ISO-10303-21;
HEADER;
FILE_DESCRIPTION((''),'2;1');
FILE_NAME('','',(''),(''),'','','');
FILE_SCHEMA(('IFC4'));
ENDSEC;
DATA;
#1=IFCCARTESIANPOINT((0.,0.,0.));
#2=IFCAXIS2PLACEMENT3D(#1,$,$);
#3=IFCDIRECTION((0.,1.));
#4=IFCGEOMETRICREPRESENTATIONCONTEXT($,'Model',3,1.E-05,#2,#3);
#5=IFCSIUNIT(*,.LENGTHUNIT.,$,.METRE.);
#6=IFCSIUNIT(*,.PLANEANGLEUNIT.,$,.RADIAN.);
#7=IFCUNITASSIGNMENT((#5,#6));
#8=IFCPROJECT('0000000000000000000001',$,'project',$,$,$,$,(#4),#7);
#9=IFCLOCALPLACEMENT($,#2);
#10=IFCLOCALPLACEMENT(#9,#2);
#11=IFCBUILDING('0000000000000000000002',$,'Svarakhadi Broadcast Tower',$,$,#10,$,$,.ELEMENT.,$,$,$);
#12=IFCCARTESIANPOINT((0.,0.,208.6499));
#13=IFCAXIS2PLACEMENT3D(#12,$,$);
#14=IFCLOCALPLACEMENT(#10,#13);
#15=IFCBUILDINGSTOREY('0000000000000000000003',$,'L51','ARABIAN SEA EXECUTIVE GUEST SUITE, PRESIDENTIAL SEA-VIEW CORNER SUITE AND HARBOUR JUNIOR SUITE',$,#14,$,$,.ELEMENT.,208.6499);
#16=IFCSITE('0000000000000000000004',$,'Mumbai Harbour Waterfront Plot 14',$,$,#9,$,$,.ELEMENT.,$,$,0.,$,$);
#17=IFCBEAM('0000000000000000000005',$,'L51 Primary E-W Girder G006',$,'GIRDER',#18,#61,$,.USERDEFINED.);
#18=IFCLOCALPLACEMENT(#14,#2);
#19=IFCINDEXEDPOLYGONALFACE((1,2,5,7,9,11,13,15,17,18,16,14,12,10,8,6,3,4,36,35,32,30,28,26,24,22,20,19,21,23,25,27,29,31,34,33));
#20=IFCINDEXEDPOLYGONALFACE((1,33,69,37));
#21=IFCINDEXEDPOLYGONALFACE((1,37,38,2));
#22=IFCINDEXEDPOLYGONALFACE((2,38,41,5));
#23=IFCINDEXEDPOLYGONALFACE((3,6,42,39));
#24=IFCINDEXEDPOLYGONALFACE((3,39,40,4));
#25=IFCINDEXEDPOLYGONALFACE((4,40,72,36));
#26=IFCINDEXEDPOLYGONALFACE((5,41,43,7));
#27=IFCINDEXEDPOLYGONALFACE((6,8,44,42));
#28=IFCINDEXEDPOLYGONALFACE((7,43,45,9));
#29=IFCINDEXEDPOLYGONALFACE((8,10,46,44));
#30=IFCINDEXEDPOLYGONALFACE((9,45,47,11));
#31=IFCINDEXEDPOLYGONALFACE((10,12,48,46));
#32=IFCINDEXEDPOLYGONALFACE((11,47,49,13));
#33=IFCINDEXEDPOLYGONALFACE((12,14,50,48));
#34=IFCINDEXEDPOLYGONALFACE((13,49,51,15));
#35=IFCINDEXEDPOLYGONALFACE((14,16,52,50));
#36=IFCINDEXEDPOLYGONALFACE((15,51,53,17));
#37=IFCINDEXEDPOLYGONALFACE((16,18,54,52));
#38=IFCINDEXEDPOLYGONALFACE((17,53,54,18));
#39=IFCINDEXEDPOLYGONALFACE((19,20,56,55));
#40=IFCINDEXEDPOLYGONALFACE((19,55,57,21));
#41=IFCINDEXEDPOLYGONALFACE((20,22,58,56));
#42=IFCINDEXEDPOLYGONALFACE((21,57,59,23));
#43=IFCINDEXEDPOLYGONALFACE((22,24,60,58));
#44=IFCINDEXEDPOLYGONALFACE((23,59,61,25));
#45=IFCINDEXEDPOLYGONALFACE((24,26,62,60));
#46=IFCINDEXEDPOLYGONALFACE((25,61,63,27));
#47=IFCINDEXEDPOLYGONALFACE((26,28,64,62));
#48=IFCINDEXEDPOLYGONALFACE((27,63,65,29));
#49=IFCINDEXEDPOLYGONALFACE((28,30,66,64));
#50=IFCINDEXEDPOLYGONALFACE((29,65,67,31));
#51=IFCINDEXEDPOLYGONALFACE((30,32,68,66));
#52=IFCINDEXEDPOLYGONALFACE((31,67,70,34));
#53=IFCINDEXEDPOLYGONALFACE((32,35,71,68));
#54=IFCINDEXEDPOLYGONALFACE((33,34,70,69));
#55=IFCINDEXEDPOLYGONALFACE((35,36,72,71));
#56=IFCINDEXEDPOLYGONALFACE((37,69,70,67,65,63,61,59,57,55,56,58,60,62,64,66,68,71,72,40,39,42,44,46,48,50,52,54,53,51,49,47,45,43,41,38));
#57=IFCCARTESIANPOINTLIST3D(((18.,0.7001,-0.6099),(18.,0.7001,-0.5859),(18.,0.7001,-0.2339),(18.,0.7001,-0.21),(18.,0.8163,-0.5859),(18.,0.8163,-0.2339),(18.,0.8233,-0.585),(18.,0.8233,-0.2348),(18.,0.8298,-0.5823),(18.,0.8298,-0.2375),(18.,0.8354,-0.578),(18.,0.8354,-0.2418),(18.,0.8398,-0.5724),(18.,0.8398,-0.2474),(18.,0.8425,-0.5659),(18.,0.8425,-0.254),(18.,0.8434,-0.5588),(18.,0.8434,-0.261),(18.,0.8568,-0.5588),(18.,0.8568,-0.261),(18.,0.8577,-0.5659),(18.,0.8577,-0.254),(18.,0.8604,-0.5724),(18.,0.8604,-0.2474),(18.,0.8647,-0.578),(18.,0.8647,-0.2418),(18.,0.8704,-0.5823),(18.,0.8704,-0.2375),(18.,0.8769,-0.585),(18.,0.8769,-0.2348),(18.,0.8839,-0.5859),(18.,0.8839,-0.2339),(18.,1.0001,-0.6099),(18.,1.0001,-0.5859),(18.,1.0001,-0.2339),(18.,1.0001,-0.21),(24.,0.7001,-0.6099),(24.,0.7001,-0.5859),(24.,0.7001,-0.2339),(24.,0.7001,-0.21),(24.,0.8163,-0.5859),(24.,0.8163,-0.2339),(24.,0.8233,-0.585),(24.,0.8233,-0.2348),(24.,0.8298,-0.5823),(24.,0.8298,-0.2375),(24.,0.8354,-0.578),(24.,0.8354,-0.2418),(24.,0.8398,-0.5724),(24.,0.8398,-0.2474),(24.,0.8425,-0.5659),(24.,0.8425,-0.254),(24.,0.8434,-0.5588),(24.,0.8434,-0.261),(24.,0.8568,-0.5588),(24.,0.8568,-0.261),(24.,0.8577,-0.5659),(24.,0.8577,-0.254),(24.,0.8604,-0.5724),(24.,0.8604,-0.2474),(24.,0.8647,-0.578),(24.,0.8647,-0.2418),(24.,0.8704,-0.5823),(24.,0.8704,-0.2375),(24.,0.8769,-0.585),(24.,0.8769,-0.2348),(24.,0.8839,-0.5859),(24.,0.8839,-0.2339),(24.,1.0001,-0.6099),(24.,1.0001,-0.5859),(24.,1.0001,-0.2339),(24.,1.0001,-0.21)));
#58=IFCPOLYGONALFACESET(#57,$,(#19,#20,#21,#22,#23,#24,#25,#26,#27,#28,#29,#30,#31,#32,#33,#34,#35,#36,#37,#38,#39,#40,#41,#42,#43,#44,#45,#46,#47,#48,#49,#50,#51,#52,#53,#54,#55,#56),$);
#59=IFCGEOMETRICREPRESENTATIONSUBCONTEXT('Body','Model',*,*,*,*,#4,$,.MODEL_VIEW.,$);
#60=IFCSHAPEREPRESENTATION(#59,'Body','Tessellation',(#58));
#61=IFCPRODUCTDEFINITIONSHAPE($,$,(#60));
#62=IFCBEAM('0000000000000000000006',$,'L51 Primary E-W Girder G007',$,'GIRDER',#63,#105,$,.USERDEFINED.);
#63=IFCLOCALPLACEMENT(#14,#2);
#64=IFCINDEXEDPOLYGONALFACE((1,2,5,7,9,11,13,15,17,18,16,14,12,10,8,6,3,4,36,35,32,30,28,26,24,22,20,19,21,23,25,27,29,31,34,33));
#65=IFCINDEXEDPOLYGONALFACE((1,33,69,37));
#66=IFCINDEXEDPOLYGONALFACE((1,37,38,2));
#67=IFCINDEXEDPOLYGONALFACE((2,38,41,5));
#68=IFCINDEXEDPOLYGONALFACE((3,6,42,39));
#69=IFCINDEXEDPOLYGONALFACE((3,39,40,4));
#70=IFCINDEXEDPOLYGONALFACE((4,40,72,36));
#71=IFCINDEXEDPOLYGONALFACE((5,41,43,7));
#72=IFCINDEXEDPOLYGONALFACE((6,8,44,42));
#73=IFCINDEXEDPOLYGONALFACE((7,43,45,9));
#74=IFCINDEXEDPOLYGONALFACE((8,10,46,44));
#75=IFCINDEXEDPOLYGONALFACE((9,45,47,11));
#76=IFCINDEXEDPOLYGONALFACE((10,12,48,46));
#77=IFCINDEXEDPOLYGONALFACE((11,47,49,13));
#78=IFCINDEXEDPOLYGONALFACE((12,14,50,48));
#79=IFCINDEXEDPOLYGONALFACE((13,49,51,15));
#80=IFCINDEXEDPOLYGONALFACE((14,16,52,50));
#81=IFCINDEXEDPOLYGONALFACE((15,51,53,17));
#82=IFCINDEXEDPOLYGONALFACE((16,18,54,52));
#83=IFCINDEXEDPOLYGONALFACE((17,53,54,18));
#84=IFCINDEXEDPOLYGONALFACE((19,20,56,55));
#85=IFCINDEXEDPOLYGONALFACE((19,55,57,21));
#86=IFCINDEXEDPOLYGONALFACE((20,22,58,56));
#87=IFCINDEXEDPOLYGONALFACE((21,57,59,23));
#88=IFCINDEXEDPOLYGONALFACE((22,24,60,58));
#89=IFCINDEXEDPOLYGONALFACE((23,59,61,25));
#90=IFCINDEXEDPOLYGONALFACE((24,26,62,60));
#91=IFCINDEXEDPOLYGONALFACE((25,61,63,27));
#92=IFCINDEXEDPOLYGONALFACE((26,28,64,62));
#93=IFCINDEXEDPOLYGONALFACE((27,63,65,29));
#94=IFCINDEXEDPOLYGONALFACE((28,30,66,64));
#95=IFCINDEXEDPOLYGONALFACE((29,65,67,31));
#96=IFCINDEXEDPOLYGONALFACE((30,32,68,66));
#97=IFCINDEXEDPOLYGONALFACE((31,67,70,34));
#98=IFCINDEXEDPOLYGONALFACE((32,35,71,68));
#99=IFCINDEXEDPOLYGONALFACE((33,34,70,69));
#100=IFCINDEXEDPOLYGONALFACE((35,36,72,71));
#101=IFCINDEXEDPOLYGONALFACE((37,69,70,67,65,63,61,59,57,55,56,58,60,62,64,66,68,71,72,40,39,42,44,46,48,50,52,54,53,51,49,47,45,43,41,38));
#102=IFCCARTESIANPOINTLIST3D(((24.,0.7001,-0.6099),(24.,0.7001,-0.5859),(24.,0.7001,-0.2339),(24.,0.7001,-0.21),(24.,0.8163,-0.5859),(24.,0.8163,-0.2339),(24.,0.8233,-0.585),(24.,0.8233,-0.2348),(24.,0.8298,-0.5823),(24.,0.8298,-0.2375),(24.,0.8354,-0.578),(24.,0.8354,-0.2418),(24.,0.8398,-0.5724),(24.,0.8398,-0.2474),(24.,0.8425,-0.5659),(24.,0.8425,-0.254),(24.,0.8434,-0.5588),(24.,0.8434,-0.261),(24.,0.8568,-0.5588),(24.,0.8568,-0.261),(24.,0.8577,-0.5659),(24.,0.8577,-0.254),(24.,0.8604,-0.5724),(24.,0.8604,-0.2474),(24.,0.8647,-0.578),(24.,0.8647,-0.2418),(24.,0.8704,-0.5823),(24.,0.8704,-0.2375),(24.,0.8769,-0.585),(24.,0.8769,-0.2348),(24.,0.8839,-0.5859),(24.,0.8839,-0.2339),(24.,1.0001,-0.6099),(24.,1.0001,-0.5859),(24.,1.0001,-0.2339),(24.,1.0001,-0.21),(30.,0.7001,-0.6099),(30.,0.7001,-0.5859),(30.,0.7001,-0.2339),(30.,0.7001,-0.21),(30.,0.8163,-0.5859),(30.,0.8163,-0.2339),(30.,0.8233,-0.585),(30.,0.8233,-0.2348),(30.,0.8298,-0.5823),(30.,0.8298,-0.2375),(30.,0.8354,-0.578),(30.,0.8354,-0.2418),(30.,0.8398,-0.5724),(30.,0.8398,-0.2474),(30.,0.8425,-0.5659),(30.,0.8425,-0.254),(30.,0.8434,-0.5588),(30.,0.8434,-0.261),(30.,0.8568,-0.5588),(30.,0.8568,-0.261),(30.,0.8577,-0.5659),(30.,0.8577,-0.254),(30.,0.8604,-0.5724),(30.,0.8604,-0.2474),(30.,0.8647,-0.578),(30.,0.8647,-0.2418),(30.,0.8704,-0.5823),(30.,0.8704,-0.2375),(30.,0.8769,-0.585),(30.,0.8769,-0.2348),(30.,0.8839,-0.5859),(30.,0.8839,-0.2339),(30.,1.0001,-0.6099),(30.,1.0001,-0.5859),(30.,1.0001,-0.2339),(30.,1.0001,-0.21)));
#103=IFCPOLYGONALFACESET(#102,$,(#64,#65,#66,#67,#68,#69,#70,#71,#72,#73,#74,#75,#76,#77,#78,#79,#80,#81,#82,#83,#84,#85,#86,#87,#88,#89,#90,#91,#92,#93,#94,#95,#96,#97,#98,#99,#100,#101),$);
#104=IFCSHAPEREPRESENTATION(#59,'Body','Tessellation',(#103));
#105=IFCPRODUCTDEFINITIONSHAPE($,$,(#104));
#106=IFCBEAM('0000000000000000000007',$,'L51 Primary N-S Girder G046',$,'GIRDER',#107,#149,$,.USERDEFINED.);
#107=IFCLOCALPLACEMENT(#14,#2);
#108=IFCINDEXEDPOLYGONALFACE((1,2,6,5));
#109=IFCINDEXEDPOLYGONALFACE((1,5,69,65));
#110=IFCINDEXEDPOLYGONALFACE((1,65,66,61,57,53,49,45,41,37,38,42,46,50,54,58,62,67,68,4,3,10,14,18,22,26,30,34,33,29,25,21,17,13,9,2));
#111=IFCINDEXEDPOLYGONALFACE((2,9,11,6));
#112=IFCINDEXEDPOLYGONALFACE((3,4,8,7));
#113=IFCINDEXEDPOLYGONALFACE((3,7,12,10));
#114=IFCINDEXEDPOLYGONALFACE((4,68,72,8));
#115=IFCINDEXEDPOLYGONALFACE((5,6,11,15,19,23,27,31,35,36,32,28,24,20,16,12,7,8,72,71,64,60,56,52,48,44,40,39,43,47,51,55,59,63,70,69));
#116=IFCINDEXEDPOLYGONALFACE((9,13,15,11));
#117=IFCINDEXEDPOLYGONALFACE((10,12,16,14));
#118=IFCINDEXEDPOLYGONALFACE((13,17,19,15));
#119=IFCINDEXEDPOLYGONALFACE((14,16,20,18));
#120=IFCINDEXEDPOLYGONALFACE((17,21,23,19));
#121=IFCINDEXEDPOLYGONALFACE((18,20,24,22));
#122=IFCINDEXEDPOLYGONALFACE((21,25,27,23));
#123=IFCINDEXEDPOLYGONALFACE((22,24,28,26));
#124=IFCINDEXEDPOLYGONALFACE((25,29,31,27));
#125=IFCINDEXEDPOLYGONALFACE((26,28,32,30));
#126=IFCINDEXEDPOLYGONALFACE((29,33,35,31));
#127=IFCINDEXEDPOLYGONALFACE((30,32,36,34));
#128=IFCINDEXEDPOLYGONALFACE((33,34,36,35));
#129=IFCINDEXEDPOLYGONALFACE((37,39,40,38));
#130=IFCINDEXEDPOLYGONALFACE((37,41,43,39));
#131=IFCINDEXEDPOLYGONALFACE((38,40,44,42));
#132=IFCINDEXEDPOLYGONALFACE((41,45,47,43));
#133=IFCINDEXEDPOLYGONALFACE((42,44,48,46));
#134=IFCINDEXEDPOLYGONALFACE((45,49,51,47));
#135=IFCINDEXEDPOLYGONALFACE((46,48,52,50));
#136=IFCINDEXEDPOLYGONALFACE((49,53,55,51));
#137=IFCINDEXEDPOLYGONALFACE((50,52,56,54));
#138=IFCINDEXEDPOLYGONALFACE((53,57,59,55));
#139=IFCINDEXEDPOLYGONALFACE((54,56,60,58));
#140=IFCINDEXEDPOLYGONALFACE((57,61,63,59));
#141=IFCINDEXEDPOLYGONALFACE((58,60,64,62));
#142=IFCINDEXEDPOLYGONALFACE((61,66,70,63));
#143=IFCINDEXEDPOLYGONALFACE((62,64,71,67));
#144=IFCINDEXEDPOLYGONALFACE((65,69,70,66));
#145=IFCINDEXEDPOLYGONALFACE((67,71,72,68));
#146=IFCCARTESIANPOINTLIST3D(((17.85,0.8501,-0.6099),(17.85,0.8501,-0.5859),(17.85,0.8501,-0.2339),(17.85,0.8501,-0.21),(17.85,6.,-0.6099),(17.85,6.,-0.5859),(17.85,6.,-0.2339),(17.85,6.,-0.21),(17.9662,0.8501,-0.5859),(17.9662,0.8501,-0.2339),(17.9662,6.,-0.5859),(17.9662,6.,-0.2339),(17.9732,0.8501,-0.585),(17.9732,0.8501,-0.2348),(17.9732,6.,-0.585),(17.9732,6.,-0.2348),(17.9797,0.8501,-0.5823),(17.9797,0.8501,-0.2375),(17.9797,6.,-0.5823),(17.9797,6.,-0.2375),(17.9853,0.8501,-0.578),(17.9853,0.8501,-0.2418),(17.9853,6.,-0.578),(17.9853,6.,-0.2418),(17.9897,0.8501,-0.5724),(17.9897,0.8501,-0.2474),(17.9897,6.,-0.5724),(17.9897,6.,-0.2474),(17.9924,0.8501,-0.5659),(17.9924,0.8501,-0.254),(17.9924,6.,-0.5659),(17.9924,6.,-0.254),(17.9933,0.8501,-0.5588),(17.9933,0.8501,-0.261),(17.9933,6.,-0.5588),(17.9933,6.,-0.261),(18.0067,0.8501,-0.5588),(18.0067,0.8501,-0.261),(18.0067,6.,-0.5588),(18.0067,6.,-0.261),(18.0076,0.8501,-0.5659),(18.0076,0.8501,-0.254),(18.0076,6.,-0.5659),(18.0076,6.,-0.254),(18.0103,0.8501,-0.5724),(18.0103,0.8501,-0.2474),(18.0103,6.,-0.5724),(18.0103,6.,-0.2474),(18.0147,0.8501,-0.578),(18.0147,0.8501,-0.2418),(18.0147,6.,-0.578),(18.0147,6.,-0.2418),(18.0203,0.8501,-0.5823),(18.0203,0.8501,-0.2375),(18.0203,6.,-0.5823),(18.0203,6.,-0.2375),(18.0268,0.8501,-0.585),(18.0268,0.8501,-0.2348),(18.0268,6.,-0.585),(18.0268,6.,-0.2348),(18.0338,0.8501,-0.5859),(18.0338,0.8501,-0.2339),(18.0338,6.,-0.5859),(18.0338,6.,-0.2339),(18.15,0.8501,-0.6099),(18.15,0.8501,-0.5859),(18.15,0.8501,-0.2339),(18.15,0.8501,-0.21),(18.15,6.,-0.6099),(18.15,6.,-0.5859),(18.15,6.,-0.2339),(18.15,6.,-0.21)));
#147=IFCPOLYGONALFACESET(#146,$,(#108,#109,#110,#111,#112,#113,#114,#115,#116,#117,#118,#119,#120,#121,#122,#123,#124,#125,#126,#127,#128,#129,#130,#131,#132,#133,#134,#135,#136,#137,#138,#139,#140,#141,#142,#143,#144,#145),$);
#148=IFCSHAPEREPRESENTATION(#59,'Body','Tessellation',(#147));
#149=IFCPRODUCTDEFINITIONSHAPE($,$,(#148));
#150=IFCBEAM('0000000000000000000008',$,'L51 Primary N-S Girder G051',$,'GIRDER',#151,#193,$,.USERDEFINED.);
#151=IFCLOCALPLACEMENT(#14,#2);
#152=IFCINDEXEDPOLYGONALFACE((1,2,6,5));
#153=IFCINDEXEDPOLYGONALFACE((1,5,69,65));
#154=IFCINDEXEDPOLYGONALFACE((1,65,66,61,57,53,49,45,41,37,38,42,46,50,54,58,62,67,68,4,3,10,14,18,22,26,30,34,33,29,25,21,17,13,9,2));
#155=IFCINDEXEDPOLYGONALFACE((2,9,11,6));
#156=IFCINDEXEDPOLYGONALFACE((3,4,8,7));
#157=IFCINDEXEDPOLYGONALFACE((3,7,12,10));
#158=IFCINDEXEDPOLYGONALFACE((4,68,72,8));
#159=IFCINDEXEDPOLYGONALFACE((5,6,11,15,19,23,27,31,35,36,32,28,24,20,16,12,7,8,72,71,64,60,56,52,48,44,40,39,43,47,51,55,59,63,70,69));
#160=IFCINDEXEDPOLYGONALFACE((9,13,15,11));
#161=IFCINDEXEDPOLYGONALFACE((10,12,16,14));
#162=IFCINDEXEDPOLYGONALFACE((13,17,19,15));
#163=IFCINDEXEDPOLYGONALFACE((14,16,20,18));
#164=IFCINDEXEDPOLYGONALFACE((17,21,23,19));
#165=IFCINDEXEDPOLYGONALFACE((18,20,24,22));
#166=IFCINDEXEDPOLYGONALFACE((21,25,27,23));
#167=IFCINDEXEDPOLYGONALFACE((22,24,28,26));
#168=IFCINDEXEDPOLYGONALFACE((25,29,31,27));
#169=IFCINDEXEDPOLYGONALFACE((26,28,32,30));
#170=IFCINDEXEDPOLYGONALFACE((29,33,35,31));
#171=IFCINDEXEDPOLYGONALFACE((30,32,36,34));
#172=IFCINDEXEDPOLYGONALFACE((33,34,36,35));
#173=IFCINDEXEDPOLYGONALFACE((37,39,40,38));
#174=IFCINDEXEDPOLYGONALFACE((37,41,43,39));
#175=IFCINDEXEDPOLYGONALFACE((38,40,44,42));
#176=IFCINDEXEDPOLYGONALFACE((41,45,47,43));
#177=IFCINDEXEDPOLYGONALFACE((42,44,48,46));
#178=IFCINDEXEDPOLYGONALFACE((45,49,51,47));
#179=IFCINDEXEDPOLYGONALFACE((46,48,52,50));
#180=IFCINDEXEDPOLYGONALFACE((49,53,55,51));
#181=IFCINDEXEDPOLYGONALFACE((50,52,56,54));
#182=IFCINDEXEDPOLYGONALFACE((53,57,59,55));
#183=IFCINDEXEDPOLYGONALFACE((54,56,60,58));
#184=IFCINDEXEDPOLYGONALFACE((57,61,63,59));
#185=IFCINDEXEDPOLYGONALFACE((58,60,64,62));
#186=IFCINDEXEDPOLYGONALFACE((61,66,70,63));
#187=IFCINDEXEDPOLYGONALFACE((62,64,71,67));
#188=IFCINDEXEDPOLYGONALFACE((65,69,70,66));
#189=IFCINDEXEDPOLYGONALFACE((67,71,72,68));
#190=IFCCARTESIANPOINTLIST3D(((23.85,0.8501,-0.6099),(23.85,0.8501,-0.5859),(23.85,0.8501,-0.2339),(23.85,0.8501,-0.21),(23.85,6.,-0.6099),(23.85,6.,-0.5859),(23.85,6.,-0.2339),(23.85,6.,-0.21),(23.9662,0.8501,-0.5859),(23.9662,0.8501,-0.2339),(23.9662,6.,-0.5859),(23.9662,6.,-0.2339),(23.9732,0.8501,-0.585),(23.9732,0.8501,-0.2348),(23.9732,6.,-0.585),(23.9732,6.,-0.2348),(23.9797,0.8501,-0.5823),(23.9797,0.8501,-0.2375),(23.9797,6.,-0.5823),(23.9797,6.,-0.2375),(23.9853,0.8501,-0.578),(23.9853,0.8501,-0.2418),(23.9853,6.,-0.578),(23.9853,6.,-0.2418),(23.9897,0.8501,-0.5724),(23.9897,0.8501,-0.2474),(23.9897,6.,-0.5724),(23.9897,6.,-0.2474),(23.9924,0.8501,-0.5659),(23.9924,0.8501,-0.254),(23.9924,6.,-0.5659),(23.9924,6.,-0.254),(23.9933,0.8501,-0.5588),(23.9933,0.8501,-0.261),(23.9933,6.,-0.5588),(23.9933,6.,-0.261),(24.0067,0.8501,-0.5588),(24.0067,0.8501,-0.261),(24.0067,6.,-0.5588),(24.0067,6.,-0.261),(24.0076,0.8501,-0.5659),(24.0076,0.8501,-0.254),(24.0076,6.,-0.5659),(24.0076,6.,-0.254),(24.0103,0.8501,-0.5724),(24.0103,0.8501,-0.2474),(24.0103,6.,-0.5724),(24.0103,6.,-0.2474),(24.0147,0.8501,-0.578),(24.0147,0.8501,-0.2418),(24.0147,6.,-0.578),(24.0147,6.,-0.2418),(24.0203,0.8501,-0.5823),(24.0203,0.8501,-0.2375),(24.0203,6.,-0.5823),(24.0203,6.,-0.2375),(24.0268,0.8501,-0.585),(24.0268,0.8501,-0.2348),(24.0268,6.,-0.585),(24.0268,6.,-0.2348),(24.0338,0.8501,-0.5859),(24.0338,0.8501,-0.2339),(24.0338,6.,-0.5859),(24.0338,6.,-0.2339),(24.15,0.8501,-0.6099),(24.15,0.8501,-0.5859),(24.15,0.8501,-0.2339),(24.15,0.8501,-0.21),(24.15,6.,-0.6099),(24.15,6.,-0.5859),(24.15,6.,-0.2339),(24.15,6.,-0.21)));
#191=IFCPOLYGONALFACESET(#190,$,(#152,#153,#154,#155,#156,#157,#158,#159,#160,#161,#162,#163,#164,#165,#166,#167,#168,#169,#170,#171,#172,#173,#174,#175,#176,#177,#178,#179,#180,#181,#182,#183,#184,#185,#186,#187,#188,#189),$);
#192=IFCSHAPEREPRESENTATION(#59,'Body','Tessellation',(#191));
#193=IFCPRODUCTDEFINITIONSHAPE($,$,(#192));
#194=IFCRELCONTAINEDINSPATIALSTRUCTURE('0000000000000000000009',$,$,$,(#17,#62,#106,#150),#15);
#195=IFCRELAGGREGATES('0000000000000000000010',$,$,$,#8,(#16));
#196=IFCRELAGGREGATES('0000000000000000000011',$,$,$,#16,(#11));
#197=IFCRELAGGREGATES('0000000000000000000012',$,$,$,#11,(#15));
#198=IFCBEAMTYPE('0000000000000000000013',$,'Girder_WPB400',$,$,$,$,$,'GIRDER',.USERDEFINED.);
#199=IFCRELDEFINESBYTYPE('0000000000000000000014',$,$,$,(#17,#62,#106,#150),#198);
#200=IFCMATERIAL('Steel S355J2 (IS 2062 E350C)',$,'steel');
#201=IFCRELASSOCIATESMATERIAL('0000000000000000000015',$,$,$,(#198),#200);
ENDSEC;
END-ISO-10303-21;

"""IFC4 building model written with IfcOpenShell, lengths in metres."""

from ifc_helpers import new_model, si_unit, direction, frame, origin, origin_2d, place, context, subcontext, project, spatial, i_section, extrude, material, material_profile, profile_set, type_object, element, save


model = new_model("IFC4")

# Units and contexts
model_context = context("Model", 3, precision=1e-05, world=origin(), true_north=direction((0.0, 1.0)))
body_context = subcontext(model_context, "Body", "Model", "MODEL_VIEW")
ifc_project = project(units=[si_unit("LENGTHUNIT", "METRE"), si_unit("PLANEANGLEUNIT", "RADIAN")], contexts=[model_context])

# Site, building, storey
site_placement = place(None, origin())
site = spatial("IfcSite", under=ifc_project, at=site_placement, Name="Mumbai Harbour Waterfront Plot 14", CompositionType="ELEMENT", RefElevation=0.0)
building_placement = place(site_placement, origin())
building = spatial("IfcBuilding", under=site, at=building_placement, Name="Svarakhadi Broadcast Tower", CompositionType="ELEMENT")
storey_placement = place(building_placement, frame((0.0, 0.0, 208.6499)))
storey = spatial("IfcBuildingStorey", under=building, at=storey_placement, Name="L51", Description="ARABIAN SEA EXECUTIVE GUEST SUITE, PRESIDENTIAL SEA-VIEW CORNER SUITE AND HARBOUR JUNIOR SUITE", CompositionType="ELEMENT", Elevation=208.6499)

# Beams
ifc_material_1 = material(Name="Steel S355J2 (IS 2062 E350C)", Category="steel")
ifc_material_profile_1 = material_profile(ifc_material_1, i_section(OverallWidth=0.3, OverallDepth=0.3999, WebThickness=0.0134, FlangeThickness=0.0239, FilletRadius=0.0271, at=origin_2d()), Name="WPB 400x300x155")
ifc_profile_set_1 = profile_set([ifc_material_profile_1], Name="Steel S355J2 (IS 2062 E350C)")
beam_type_1 = type_object("IfcBeamType", Name="Girder_WPB400", ElementType="GIRDER", PredefinedType="USERDEFINED", material=ifc_profile_set_1)
for number, where, z_axis, x_axis, name in (
    (1, (18.0, 0.8501, -0.4099), (1.0, 0.0, 0.0), (0.0, 1.0, 0.0), "L51 Primary E-W Girder G006"),
    (2, (24.0, 0.8501, -0.4099), (1.0, 0.0, 0.0), (0.0, 1.0, 0.0), "L51 Primary E-W Girder G007"),
):
    element("IfcBeam", number, at=place(storey_placement, frame(where, z_axis=z_axis, x_axis=x_axis)), inside=storey, type_object=beam_type_1, Name=name, ObjectType="GIRDER", PredefinedType="USERDEFINED", context=body_context, shape_type="SweptSolid", body=[
        extrude(i_section(OverallWidth=0.3, OverallDepth=0.3999, WebThickness=0.0134, FlangeThickness=0.0239, FilletRadius=0.0271, at=origin_2d()), origin(), (0.0, 0.0, 1.0), 6.0),
    ])
for number, where, z_axis, x_axis, name in (
    (3, (18.0, 0.8501, -0.4099), (0.0, 1.0, 0.0), (-1.0, 0.0, 0.0), "L51 Primary N-S Girder G046"),
    (4, (24.0, 0.8501, -0.4099), (0.0, 1.0, 0.0), (-1.0, 0.0, 0.0), "L51 Primary N-S Girder G051"),
):
    element("IfcBeam", number, at=place(storey_placement, frame(where, z_axis=z_axis, x_axis=x_axis)), inside=storey, type_object=beam_type_1, Name=name, ObjectType="GIRDER", PredefinedType="USERDEFINED", context=body_context, shape_type="SweptSolid", body=[
        extrude(i_section(OverallWidth=0.3, OverallDepth=0.3999, WebThickness=0.0134, FlangeThickness=0.0239, FilletRadius=0.0271, at=origin_2d()), origin(), (0.0, 0.0, 1.0), 5.1499),
    ])

save(model, "model.ifc")
